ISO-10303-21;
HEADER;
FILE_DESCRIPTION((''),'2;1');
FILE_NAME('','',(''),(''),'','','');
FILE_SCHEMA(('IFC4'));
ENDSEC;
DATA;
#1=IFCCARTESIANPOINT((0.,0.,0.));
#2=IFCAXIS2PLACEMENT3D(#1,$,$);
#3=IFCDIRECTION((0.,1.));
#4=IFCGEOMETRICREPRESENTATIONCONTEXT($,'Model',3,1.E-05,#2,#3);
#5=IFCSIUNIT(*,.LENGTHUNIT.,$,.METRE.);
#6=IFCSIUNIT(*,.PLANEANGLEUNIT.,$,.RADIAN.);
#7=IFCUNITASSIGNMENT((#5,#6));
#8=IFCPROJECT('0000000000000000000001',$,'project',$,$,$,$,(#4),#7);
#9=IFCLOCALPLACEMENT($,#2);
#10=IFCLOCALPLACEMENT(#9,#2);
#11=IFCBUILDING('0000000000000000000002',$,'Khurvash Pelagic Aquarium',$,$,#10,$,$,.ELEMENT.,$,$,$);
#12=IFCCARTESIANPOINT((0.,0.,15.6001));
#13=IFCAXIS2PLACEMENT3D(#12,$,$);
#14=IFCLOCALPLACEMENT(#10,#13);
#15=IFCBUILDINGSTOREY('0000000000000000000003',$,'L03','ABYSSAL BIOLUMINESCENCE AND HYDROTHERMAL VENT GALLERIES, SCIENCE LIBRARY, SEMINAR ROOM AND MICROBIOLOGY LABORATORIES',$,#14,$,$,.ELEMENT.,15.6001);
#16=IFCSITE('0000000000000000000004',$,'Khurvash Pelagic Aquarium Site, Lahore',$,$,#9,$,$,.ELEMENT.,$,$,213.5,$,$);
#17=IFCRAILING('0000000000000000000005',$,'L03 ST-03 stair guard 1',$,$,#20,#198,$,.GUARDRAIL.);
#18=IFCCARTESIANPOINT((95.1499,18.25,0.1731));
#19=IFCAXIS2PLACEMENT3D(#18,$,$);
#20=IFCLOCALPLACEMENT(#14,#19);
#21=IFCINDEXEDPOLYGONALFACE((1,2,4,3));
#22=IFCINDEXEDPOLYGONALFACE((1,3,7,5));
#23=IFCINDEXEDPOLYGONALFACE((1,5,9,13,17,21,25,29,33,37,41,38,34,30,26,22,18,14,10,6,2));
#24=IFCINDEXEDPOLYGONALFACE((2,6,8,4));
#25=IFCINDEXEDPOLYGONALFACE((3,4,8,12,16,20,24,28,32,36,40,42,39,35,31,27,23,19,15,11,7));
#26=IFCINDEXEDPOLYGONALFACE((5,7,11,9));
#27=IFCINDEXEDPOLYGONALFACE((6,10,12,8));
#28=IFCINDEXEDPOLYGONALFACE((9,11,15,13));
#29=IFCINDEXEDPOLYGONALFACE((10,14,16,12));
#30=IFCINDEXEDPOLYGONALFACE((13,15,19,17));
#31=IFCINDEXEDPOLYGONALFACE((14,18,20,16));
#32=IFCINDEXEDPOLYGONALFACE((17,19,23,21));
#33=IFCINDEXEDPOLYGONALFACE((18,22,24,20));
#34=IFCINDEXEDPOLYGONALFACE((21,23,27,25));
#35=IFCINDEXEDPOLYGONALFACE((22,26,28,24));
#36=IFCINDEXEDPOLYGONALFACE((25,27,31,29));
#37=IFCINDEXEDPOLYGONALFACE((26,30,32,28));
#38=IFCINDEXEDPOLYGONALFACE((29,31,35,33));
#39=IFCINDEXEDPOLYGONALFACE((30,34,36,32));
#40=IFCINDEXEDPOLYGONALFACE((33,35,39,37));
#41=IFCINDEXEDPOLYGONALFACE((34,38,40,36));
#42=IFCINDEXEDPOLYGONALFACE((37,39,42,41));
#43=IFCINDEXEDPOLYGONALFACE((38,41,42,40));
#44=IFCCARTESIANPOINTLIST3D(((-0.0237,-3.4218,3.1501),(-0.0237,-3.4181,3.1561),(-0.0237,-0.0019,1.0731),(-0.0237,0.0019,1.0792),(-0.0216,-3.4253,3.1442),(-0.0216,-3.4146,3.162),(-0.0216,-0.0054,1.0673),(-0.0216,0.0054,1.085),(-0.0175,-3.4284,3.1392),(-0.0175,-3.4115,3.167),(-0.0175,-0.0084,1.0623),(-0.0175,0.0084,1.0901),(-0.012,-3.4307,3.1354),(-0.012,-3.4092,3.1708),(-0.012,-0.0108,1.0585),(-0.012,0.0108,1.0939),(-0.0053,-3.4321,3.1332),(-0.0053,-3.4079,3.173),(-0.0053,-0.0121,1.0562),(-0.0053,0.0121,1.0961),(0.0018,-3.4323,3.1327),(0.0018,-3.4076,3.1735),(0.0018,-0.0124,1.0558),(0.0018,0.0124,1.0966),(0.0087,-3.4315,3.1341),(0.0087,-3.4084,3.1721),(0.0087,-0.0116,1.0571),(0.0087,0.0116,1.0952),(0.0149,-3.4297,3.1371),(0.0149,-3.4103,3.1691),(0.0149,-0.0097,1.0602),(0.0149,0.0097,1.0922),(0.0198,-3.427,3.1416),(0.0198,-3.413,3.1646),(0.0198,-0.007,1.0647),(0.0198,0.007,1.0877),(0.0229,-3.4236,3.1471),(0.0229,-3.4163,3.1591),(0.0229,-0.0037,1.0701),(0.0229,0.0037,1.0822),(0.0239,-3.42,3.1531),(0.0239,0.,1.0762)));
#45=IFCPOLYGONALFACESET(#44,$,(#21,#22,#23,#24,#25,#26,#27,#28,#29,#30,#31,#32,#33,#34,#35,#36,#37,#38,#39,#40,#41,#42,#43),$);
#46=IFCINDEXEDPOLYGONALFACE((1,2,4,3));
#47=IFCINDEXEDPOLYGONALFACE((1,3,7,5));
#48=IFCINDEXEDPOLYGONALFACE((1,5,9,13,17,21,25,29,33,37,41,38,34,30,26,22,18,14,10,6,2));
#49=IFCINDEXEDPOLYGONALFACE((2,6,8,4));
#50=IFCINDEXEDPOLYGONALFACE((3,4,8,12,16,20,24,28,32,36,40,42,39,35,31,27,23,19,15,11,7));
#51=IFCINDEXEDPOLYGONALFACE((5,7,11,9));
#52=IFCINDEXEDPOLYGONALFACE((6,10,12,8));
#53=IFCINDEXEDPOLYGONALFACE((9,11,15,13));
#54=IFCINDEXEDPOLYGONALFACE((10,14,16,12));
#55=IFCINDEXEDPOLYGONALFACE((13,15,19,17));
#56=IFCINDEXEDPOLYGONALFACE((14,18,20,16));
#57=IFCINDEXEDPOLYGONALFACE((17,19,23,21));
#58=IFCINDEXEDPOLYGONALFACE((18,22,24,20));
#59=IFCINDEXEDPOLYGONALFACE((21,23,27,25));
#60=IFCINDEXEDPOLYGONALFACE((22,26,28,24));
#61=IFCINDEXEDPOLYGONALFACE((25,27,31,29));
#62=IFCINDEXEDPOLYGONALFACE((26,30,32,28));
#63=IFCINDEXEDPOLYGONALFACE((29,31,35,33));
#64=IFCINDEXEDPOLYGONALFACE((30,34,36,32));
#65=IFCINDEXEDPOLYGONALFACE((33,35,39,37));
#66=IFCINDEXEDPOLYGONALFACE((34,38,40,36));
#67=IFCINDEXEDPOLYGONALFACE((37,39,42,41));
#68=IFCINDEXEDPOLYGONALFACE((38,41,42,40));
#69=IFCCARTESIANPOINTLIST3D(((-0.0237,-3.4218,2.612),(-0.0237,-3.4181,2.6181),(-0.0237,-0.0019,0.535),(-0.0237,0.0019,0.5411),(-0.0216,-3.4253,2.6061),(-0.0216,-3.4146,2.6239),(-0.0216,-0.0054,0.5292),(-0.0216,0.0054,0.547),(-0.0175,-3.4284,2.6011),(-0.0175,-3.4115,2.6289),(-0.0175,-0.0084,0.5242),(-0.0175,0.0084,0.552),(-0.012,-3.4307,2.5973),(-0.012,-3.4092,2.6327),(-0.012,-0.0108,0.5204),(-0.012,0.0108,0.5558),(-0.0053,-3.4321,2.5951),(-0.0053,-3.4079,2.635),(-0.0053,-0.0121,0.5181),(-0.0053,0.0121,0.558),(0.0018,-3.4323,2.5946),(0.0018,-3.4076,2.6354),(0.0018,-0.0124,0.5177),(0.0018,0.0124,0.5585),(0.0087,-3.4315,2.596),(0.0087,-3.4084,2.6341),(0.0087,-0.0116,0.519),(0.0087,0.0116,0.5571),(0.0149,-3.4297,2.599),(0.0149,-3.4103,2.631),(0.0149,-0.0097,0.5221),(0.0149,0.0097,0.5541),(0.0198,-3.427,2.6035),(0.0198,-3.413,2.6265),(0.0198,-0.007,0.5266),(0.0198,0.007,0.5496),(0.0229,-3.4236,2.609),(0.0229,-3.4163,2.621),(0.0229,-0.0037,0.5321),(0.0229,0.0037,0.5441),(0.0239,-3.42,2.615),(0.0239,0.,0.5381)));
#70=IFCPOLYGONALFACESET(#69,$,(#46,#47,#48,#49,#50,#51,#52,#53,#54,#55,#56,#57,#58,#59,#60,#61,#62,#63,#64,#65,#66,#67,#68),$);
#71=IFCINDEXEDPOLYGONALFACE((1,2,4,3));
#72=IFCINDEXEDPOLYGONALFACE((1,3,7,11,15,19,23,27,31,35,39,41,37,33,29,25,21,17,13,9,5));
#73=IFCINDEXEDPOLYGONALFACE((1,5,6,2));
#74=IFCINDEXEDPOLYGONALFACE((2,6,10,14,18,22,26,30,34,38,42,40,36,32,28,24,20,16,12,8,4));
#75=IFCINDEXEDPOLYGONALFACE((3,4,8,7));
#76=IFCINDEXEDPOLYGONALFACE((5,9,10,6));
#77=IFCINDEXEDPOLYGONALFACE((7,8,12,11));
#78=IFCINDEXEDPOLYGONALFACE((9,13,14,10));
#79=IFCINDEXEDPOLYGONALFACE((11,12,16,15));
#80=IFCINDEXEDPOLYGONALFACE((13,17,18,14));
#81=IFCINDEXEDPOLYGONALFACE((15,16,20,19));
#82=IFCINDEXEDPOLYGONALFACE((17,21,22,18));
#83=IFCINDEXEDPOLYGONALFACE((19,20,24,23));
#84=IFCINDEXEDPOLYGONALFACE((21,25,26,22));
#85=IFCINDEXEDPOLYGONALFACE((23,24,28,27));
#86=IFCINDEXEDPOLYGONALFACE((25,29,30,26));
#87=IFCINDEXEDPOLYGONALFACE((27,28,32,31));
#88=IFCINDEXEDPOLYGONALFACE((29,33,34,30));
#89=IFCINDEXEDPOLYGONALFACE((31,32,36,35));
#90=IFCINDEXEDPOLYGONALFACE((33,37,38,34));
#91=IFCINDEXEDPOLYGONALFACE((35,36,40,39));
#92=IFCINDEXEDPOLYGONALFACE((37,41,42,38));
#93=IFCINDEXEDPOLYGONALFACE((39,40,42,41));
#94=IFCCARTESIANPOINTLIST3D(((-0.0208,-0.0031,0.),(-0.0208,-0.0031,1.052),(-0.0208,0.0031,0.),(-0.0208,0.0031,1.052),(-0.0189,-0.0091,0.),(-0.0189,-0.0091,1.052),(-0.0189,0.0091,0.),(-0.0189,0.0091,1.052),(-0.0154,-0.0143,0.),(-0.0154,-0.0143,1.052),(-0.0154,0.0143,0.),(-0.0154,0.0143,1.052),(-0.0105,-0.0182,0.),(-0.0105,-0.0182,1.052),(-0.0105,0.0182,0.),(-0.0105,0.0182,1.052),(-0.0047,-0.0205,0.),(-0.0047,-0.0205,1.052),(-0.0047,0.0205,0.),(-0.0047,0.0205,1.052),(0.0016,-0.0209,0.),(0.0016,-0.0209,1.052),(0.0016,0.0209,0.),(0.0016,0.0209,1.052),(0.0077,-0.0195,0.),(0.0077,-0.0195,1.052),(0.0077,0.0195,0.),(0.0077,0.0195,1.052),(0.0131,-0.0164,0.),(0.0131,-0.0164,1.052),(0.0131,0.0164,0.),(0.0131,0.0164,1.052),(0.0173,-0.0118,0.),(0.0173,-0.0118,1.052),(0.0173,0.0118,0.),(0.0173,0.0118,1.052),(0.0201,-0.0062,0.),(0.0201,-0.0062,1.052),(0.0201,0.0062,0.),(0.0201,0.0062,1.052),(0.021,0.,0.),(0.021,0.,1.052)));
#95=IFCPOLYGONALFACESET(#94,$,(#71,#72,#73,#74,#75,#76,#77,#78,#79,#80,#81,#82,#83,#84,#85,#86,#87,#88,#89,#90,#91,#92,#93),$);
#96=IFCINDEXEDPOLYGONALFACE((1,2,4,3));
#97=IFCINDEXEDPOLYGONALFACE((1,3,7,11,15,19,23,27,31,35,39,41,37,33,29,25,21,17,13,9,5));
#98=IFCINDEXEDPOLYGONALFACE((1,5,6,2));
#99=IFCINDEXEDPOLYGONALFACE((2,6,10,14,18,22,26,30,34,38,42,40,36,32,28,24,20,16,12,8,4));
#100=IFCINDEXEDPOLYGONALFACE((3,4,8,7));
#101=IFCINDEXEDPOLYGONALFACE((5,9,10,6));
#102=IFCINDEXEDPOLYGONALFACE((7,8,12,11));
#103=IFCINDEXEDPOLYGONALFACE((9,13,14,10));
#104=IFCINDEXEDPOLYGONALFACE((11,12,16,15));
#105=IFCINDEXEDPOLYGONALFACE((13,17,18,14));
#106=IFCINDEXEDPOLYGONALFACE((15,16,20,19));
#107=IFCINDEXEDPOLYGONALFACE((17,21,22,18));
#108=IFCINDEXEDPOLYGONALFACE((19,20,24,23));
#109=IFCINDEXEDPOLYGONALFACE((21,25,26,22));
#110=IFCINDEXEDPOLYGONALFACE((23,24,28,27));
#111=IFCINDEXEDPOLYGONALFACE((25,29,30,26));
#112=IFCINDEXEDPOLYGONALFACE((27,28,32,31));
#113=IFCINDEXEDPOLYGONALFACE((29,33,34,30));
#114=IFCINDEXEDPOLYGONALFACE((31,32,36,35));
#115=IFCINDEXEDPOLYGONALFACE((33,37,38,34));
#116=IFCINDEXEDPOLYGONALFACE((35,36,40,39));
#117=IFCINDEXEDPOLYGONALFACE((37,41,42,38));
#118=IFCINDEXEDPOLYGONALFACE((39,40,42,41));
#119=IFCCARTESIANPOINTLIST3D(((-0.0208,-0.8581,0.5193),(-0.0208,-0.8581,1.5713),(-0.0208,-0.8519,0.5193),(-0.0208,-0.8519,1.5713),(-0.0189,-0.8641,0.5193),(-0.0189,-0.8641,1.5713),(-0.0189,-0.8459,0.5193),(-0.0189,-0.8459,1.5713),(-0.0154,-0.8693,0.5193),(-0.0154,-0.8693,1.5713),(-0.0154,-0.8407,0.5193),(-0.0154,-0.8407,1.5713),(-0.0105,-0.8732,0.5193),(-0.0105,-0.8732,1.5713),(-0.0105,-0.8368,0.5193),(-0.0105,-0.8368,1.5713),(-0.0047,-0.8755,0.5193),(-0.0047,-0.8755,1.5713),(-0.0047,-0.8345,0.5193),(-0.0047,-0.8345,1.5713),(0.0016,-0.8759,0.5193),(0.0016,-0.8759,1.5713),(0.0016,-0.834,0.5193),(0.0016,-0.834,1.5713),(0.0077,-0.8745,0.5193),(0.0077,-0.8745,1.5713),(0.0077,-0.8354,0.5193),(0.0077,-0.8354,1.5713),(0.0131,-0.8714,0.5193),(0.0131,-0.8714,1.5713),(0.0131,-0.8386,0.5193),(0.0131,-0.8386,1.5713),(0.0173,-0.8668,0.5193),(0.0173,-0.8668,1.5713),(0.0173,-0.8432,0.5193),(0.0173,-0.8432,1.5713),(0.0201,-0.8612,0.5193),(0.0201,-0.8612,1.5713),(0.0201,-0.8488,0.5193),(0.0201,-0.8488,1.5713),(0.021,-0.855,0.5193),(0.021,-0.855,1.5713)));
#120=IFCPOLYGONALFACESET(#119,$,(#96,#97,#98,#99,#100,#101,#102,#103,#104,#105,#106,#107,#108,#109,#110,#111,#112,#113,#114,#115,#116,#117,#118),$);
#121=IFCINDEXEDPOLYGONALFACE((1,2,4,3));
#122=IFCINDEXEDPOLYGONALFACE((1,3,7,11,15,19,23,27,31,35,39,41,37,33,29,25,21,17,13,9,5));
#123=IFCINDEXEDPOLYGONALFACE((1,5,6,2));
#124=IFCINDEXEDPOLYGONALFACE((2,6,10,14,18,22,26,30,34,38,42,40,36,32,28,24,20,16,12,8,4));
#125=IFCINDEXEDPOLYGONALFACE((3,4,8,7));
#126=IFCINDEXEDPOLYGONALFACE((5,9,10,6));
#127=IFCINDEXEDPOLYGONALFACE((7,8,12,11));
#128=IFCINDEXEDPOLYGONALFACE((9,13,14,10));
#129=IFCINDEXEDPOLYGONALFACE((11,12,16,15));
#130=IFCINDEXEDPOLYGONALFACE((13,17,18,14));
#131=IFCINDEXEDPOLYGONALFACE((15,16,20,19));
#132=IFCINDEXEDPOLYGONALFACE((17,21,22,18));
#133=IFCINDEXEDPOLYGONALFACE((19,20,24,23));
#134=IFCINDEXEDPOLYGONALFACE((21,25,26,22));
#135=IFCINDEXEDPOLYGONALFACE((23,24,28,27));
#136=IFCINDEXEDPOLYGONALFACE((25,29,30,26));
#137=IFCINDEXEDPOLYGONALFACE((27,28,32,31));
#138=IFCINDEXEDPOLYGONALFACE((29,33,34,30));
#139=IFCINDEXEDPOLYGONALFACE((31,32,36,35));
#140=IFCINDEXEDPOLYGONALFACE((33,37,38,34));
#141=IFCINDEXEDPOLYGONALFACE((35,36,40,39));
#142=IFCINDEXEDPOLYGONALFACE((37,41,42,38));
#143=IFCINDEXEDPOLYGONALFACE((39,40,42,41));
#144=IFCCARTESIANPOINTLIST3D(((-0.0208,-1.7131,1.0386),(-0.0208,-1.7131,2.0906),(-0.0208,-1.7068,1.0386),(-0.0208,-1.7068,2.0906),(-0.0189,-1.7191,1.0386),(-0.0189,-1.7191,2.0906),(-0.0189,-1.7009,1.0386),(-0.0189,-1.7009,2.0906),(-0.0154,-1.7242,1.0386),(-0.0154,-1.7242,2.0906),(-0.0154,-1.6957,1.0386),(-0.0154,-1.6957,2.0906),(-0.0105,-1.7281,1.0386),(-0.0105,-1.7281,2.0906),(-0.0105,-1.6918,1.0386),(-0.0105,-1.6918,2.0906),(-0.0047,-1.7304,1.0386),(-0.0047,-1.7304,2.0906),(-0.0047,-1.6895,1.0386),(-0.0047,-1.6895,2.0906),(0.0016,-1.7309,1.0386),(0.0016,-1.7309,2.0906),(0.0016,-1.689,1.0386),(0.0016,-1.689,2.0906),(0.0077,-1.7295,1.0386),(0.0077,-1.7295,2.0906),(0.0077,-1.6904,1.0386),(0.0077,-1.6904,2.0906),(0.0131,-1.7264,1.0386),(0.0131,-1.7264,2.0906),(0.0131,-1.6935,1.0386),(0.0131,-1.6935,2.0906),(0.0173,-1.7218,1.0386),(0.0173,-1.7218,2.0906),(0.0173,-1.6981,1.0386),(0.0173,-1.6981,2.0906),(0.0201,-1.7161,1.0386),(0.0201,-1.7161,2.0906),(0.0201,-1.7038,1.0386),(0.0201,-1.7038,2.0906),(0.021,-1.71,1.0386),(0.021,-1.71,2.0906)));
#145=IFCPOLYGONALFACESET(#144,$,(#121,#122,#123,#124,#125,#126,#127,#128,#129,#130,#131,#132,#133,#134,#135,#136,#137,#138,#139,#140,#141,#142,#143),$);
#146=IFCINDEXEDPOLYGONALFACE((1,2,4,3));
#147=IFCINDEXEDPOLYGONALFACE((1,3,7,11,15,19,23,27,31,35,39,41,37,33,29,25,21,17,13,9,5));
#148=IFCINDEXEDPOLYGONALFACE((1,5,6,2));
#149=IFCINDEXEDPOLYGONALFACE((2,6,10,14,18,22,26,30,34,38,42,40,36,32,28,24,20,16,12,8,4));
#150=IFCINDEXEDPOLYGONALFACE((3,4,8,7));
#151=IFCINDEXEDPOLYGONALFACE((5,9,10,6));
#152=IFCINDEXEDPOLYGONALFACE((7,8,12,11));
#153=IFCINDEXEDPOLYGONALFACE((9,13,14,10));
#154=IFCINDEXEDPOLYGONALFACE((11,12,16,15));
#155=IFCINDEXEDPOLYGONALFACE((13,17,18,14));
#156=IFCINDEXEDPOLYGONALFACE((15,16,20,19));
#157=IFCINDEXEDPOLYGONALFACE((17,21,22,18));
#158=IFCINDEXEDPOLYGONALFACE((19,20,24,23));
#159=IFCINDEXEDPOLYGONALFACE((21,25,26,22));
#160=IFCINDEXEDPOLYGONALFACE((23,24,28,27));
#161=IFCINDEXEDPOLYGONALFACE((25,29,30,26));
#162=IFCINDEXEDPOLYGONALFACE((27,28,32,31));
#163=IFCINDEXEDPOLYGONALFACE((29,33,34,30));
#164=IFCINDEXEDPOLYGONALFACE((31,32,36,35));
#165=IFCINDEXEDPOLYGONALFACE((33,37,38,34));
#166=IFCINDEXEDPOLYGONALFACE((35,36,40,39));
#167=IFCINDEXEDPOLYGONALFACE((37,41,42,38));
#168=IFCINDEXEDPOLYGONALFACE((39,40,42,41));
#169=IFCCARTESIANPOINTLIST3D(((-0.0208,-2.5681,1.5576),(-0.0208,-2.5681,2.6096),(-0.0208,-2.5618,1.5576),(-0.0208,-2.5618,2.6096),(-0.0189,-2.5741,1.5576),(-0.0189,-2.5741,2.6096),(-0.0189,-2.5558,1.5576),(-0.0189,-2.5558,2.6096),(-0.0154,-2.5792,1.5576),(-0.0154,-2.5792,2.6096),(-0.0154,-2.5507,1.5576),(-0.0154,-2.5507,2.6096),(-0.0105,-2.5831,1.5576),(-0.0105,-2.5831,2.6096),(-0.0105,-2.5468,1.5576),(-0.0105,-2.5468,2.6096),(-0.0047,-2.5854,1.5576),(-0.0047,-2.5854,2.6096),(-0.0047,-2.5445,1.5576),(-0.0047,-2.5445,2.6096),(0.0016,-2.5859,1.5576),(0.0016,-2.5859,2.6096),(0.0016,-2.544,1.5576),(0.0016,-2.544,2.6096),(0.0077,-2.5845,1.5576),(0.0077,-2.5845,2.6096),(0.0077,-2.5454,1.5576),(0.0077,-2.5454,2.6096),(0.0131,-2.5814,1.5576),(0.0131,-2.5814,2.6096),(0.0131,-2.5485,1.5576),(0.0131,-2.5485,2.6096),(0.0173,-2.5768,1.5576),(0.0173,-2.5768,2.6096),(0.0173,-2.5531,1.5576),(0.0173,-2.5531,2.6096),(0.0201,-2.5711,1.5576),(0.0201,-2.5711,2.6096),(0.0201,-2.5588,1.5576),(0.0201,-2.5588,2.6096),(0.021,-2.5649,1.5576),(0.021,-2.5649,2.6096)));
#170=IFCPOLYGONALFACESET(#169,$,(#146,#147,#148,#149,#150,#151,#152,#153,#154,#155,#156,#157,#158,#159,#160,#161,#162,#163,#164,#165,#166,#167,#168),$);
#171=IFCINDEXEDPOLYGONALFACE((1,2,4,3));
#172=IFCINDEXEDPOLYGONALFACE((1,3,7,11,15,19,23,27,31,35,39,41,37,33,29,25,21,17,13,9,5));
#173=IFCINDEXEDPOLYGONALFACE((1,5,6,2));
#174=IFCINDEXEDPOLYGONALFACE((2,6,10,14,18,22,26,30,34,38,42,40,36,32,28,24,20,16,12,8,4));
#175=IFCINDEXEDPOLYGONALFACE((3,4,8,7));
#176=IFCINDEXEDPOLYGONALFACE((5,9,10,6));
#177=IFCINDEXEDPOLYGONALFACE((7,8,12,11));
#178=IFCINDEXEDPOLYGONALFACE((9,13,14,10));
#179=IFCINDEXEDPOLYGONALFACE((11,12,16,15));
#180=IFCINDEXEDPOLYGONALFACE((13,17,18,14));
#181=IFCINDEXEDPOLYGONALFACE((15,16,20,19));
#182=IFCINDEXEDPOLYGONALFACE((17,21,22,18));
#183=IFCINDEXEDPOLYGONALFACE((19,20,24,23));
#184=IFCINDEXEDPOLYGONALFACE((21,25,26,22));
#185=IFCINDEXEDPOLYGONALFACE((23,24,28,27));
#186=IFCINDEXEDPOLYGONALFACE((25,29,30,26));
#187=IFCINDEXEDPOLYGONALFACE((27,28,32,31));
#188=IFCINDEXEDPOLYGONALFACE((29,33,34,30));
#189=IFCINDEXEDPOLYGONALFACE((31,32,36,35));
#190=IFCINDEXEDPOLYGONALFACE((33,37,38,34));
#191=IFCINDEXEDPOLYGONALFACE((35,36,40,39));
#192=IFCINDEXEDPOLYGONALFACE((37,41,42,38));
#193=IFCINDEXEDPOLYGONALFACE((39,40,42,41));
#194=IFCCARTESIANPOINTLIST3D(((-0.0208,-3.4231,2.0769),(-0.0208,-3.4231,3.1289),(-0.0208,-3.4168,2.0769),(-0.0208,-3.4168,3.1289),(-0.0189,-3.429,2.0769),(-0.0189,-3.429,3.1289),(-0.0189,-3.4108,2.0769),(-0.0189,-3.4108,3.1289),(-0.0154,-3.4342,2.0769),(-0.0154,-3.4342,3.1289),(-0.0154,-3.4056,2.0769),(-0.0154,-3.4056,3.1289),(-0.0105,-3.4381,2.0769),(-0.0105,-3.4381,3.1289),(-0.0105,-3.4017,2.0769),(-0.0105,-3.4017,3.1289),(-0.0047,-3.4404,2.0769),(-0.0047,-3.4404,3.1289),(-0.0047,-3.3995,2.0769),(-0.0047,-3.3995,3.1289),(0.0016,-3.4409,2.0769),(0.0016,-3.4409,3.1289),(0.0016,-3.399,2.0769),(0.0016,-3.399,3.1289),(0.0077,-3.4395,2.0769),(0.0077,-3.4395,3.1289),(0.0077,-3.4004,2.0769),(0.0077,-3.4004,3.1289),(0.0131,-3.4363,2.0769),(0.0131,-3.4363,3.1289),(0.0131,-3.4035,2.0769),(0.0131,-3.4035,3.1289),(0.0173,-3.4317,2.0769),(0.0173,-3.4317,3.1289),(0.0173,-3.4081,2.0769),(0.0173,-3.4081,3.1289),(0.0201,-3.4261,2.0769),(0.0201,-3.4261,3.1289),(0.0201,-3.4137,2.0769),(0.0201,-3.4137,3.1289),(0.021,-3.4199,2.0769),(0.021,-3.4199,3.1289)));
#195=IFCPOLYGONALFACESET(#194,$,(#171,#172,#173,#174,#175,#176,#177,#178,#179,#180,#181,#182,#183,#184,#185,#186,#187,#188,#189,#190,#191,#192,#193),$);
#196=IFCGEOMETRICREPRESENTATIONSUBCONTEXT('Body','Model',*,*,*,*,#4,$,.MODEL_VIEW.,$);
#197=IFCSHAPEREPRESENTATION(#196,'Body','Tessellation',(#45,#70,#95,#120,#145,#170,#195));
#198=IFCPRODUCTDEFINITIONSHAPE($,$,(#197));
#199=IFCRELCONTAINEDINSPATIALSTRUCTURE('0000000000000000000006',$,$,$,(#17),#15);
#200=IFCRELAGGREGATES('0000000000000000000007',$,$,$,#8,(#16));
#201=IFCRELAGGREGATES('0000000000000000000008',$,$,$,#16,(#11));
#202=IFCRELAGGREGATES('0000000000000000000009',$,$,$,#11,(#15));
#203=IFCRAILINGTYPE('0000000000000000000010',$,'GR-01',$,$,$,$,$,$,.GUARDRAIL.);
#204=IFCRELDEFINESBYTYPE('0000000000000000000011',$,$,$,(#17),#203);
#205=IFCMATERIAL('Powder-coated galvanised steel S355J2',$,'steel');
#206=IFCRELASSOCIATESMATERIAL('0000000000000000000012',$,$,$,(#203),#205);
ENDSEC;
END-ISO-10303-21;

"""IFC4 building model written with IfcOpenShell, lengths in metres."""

from ifc_helpers import new_model, si_unit, direction, frame, origin, origin_2d, place, context, subcontext, project, spatial, circle, extrude, material, type_object, element, save


model = new_model("IFC4")

# Units and contexts
model_context = context("Model", 3, precision=1e-05, world=origin(), true_north=direction((0.0, 1.0)))
body_context = subcontext(model_context, "Body", "Model", "MODEL_VIEW")
ifc_project = project(units=[si_unit("LENGTHUNIT", "METRE"), si_unit("PLANEANGLEUNIT", "RADIAN")], contexts=[model_context])

# Site, building, storey
site_placement = place(None, origin())
site = spatial("IfcSite", under=ifc_project, at=site_placement, Name="Khurvash Pelagic Aquarium Site, Lahore", CompositionType="ELEMENT", RefElevation=213.5)
building_placement = place(site_placement, origin())
building = spatial("IfcBuilding", under=site, at=building_placement, Name="Khurvash Pelagic Aquarium", CompositionType="ELEMENT")
storey_placement = place(building_placement, frame((0.0, 0.0, 15.6001)))
storey = spatial("IfcBuildingStorey", under=building, at=storey_placement, Name="L03", Description="ABYSSAL BIOLUMINESCENCE AND HYDROTHERMAL VENT GALLERIES, SCIENCE LIBRARY, SEMINAR ROOM AND MICROBIOLOGY LABORATORIES", CompositionType="ELEMENT", Elevation=15.6001)

# Railing
ifc_material_1 = material(Name="Powder-coated galvanised steel S355J2", Category="steel")
railing_type_1 = type_object("IfcRailingType", Name="GR-01", PredefinedType="GUARDRAIL", material=ifc_material_1)
railing_1_placement = place(storey_placement, frame((95.1499, 18.25, 0.1731)))
element("IfcRailing", 1, at=railing_1_placement, inside=storey, type_object=railing_type_1, Name="L03 ST-03 stair guard 1", PredefinedType="GUARDRAIL", context=body_context, shape_type="SweptSolid", body=[
    extrude(circle(Radius=0.0239, at=origin_2d()), frame((0.0, 0.0, 1.0762), z_axis=(0.0, -0.85473, 0.519074), x_axis=(1.0, 0.0, 0.0)), (0.0, 0.0, 1.0), 4.0012),
    extrude(circle(Radius=0.0239, at=origin_2d()), frame((0.0, 0.0, 0.5381), z_axis=(0.0, -0.85473, 0.519074), x_axis=(1.0, 0.0, 0.0)), (0.0, 0.0, 1.0), 4.0012),
    extrude(circle(Radius=0.021, at=origin_2d()), origin(), (0.0, 0.0, 1.0), 1.052),
    extrude(circle(Radius=0.021, at=origin_2d()), frame((0.0, -0.855, 0.5193)), (0.0, 0.0, 1.0), 1.052),
    extrude(circle(Radius=0.021, at=origin_2d()), frame((0.0, -1.71, 1.0386)), (0.0, 0.0, 1.0), 1.052),
    extrude(circle(Radius=0.021, at=origin_2d()), frame((0.0, -2.5649, 1.5576)), (0.0, 0.0, 1.0), 1.052),
    extrude(circle(Radius=0.021, at=origin_2d()), frame((0.0, -3.4199, 2.0769)), (0.0, 0.0, 1.0), 1.052),
])

save(model, "model.ifc")
